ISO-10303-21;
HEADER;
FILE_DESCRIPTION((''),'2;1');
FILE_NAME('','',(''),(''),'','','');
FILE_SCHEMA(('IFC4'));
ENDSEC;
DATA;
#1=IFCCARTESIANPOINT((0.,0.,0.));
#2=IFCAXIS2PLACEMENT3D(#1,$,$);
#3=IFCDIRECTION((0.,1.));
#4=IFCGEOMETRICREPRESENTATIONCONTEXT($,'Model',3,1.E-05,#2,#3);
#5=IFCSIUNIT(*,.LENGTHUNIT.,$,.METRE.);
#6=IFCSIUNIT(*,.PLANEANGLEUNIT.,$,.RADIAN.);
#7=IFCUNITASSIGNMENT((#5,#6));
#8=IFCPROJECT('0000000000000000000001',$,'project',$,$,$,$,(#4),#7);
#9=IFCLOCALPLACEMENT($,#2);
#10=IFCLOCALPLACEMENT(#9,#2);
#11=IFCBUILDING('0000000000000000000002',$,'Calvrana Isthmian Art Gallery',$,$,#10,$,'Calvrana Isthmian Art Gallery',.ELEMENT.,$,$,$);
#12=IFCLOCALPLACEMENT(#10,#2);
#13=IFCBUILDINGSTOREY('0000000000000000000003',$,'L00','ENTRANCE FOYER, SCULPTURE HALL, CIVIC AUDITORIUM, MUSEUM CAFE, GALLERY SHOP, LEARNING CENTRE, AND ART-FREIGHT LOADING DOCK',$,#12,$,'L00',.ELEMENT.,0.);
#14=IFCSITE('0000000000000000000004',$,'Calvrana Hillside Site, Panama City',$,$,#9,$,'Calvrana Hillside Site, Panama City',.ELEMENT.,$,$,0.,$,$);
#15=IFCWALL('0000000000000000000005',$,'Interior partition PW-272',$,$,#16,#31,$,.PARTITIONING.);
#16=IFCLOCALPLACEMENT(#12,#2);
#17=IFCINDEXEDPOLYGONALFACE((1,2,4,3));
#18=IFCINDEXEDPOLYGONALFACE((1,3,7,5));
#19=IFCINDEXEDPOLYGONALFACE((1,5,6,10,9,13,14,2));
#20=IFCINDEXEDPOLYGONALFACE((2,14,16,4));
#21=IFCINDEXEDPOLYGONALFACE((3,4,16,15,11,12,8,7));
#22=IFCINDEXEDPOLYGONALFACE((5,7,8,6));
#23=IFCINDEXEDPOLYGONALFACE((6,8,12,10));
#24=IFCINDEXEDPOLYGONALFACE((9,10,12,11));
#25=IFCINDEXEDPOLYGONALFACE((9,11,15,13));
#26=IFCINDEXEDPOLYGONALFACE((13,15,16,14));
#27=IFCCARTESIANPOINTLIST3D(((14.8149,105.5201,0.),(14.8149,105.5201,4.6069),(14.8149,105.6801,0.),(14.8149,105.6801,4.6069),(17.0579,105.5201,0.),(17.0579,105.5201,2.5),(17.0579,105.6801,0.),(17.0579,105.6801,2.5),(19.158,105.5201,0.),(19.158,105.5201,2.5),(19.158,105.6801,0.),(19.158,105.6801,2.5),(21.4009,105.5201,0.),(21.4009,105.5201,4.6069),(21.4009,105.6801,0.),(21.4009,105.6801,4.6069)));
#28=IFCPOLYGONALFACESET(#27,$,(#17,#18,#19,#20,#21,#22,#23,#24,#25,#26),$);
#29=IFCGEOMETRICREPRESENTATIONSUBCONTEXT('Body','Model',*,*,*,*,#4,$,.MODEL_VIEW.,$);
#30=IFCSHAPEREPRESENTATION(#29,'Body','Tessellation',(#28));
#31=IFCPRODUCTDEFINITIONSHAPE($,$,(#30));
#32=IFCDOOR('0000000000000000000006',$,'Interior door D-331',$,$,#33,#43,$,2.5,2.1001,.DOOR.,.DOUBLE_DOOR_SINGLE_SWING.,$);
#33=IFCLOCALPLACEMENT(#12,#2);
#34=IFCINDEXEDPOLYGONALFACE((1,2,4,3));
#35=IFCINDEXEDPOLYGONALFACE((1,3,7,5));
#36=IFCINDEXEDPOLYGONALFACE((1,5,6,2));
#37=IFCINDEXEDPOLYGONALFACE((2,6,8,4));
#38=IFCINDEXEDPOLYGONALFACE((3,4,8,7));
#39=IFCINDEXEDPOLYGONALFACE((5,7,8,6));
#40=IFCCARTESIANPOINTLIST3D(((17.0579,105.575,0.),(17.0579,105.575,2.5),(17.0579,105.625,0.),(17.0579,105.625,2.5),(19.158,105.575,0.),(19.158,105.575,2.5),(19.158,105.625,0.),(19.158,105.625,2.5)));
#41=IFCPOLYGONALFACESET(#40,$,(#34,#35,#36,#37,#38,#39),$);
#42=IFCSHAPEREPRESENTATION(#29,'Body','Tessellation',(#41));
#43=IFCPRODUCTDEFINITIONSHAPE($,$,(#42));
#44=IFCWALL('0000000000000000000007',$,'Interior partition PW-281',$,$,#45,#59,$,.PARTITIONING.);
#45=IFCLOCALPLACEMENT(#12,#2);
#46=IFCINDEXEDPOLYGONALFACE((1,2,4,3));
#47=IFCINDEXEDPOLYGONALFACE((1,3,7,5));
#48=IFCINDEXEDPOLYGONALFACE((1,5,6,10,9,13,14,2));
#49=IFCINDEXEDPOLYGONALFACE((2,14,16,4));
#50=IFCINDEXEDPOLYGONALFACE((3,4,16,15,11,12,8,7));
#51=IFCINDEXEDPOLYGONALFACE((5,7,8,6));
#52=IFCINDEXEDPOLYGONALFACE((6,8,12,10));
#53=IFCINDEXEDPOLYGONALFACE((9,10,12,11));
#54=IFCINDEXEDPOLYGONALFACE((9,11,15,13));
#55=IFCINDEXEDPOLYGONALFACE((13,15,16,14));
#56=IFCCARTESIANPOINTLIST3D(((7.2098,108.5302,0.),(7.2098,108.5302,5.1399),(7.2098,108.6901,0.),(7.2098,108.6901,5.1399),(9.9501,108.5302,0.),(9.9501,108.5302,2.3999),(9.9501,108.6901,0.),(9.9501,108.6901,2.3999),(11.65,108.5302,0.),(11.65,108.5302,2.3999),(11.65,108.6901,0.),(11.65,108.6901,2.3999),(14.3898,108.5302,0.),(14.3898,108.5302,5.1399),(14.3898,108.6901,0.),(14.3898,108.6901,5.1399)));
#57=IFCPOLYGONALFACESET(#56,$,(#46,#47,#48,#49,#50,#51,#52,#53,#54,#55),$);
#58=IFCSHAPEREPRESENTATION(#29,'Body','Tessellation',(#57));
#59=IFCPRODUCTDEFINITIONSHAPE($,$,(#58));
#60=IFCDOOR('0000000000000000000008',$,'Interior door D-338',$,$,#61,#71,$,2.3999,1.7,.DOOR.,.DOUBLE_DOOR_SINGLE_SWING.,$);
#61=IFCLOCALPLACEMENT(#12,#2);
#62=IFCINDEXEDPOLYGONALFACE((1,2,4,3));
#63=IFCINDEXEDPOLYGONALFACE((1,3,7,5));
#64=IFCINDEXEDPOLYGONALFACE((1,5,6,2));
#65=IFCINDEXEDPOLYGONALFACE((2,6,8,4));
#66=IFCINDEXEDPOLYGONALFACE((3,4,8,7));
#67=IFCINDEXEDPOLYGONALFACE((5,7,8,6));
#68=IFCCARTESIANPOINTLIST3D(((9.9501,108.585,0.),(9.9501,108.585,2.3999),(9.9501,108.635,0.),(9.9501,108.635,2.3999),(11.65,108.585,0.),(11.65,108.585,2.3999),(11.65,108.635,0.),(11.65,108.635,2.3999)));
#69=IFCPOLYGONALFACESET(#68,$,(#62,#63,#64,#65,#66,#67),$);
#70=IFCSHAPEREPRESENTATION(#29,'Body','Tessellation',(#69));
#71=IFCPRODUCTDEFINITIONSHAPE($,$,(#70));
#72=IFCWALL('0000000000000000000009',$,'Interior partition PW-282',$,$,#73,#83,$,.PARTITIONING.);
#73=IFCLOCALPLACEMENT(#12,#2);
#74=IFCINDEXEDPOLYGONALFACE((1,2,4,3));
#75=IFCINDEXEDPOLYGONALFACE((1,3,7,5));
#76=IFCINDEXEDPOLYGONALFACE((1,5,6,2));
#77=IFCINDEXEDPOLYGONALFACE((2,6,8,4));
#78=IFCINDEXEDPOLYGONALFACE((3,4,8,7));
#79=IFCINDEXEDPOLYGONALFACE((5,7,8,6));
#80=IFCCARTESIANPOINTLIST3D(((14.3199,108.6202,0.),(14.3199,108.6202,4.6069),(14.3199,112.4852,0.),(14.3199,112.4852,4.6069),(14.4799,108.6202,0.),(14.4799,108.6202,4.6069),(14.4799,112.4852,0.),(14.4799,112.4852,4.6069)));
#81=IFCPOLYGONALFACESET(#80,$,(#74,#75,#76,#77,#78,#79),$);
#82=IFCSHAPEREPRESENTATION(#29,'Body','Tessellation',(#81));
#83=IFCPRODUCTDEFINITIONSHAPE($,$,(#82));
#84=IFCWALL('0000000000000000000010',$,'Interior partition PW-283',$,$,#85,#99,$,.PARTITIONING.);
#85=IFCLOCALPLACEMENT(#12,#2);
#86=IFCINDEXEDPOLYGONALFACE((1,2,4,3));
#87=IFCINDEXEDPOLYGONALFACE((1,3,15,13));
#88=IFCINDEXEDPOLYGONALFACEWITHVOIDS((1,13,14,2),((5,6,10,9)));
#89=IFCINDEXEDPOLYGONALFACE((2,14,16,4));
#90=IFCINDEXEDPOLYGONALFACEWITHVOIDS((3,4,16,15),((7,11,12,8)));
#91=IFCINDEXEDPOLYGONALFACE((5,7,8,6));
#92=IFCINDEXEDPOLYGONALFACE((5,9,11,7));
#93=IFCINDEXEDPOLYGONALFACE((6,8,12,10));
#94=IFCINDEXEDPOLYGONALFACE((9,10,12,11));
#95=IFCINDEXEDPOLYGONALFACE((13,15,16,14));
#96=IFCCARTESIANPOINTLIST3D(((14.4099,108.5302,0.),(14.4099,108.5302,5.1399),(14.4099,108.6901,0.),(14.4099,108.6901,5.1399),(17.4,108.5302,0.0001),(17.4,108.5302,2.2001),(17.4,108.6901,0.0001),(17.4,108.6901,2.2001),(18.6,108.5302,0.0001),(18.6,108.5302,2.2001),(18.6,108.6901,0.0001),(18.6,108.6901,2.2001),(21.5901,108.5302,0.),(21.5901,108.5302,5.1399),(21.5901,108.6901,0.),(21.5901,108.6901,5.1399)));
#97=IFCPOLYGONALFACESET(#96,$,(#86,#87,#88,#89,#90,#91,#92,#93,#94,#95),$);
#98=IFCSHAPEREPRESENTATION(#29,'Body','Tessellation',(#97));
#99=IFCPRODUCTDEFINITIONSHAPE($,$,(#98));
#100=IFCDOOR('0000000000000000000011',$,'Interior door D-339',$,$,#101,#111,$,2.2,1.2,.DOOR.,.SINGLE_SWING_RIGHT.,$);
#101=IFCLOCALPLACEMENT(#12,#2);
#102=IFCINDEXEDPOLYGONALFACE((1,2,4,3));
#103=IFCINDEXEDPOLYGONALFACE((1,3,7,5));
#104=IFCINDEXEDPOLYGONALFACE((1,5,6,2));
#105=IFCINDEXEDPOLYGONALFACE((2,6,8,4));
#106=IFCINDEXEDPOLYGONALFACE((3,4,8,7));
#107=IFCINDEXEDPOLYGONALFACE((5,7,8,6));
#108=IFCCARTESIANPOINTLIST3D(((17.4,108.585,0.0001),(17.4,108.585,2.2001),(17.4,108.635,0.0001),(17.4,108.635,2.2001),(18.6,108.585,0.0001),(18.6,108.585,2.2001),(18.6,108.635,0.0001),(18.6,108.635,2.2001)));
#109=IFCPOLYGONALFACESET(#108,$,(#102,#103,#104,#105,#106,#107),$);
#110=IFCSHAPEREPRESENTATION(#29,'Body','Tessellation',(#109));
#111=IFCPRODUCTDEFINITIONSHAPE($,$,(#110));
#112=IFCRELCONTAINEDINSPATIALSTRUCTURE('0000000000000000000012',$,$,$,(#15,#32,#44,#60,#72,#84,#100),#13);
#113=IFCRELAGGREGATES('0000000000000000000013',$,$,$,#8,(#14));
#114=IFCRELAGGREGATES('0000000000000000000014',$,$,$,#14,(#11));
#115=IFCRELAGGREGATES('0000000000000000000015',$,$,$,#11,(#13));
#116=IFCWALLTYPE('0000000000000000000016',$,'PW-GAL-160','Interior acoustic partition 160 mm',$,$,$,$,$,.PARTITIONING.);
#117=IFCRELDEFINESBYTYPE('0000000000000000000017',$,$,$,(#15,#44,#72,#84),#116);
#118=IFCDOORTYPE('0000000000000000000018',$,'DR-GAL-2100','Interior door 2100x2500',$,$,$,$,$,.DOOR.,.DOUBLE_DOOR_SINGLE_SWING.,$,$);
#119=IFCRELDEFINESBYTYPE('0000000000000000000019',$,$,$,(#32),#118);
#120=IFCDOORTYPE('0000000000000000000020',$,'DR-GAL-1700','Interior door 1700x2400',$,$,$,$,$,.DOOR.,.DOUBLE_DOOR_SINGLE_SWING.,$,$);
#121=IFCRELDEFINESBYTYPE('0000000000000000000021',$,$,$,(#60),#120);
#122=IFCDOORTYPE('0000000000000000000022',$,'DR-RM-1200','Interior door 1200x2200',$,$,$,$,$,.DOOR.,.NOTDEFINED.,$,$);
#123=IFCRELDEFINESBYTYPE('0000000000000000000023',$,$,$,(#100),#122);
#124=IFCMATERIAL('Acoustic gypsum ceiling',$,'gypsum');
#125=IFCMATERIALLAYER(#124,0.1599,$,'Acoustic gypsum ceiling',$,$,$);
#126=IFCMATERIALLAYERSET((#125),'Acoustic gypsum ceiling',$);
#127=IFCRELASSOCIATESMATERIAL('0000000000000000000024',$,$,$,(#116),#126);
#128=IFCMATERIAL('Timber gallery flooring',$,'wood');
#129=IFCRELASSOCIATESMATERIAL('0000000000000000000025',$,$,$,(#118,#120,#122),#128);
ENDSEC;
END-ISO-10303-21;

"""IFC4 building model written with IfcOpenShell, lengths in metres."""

from ifc_helpers import new_model, si_unit, direction, frame, frame_2d, origin, place, context, subcontext, project, spatial, rectangle, extrude, material, layer, layer_set, type_object, element, fill, save


model = new_model("IFC4")

# Units and contexts
model_context = context("Model", 3, precision=1e-05, world=origin(), true_north=direction((0.0, 1.0)))
body_context = subcontext(model_context, "Body", "Model", "MODEL_VIEW")
ifc_project = project(units=[si_unit("LENGTHUNIT", "METRE"), si_unit("PLANEANGLEUNIT", "RADIAN")], contexts=[model_context])

# Site, building, storey
site_placement = place(None, origin())
site = spatial("IfcSite", under=ifc_project, at=site_placement, Name="Calvrana Hillside Site, Panama City", LongName="Calvrana Hillside Site, Panama City", CompositionType="ELEMENT", RefElevation=0.0)
building_placement = place(site_placement, origin())
building = spatial("IfcBuilding", under=site, at=building_placement, Name="Calvrana Isthmian Art Gallery", LongName="Calvrana Isthmian Art Gallery", CompositionType="ELEMENT")
storey_placement = place(building_placement, origin())
storey = spatial("IfcBuildingStorey", under=building, at=storey_placement, Name="L00", Description="ENTRANCE FOYER, SCULPTURE HALL, CIVIC AUDITORIUM, MUSEUM CAFE, GALLERY SHOP, LEARNING CENTRE, AND ART-FREIGHT LOADING DOCK", LongName="L00", CompositionType="ELEMENT", Elevation=0.0)

# Shared definitions
ifc_material_1 = material(Name="Acoustic gypsum ceiling", Category="gypsum")
ifc_layer = layer(ifc_material_1, 0.1599, Name="Acoustic gypsum ceiling")
ifc_layer_set = layer_set([ifc_layer], Name="Acoustic gypsum ceiling")
wall_type = type_object("IfcWallType", Name="PW-GAL-160", Description="Interior acoustic partition 160 mm", PredefinedType="PARTITIONING", material=ifc_layer_set)

# Walls, openings, doors
ifc_material_2 = material(Name="Timber gallery flooring", Category="wood")
wall_1_placement = place(storey_placement, frame((14.8149, 105.6001, 0.0), z_axis=(0.0, 0.0, 1.0), x_axis=(1.0, 0.0, 0.0)))
wall_1 = element("IfcWall", 1, at=wall_1_placement, inside=storey, type_object=wall_type, Name="Interior partition PW-272", PredefinedType="PARTITIONING", context=body_context, shape_type="SweptSolid", body=[
    extrude(rectangle(XDim=6.5859, YDim=0.1599, at=frame_2d((3.293, 0.0))), origin(), (0.0, 0.0, 1.0), 4.6069),
])
opening_1_placement = place(wall_1_placement, frame((2.2429, 0.0, 0.0)))
opening_1 = element("IfcOpeningElement", 2, at=opening_1_placement, cuts=wall_1, PredefinedType="OPENING", context=body_context, shape_type="SweptSolid", body=[
    extrude(rectangle(XDim=2.1001, YDim=2.5, at=frame_2d((1.05, 1.25))), frame((0.0, 0.0903, 0.0), z_axis=(0.0, -1.0, 0.0), x_axis=(1.0, 0.0, 0.0)), (0.0, 0.0, 1.0), 0.1804),
])
door_type_1 = type_object("IfcDoorType", Name="DR-GAL-2100", Description="Interior door 2100x2500", OperationType="DOUBLE_DOOR_SINGLE_SWING", PredefinedType="DOOR", material=ifc_material_2)
door_1_placement = place(opening_1_placement, origin())
door_1 = element("IfcDoor", 3, at=door_1_placement, inside=storey, type_object=door_type_1, Name="Interior door D-331", OperationType="DOUBLE_DOOR_SINGLE_SWING", OverallHeight=2.5, OverallWidth=2.1001, PredefinedType="DOOR", context=body_context, shape_type="SweptSolid", body=[
    extrude(rectangle(XDim=2.1001, YDim=2.5, at=frame_2d((1.05, 1.25))), frame((0.0, 0.0249, 0.0), z_axis=(0.0, -1.0, 0.0), x_axis=(1.0, 0.0, 0.0)), (0.0, 0.0, 1.0), 0.05),
])
fill(opening_1, door_1)
wall_2_placement = place(storey_placement, frame((7.21, 108.6101, 0.0), z_axis=(0.0, 0.0, 1.0), x_axis=(1.0, 0.0, 0.0)))
wall_2 = element("IfcWall", 4, at=wall_2_placement, inside=storey, type_object=wall_type, Name="Interior partition PW-281", PredefinedType="PARTITIONING", context=body_context, shape_type="SweptSolid", body=[
    extrude(rectangle(XDim=7.1799, YDim=0.1599, at=frame_2d((3.5898, 0.0))), origin(), (0.0, 0.0, 1.0), 5.1399),
])
opening_2_placement = place(wall_2_placement, frame((2.74, 0.0, 0.0)))
opening_2 = element("IfcOpeningElement", 5, at=opening_2_placement, cuts=wall_2, PredefinedType="OPENING", context=body_context, shape_type="SweptSolid", body=[
    extrude(rectangle(XDim=1.7, YDim=2.3999, at=frame_2d((0.8501, 1.2))), frame((0.0, 0.0903, 0.0), z_axis=(0.0, -1.0, 0.0), x_axis=(1.0, 0.0, 0.0)), (0.0, 0.0, 1.0), 0.1804),
])
door_type_2 = type_object("IfcDoorType", Name="DR-GAL-1700", Description="Interior door 1700x2400", OperationType="DOUBLE_DOOR_SINGLE_SWING", PredefinedType="DOOR", material=ifc_material_2)
door_2_placement = place(opening_2_placement, origin())
door_2 = element("IfcDoor", 6, at=door_2_placement, inside=storey, type_object=door_type_2, Name="Interior door D-338", OperationType="DOUBLE_DOOR_SINGLE_SWING", OverallHeight=2.3999, OverallWidth=1.7, PredefinedType="DOOR", context=body_context, shape_type="SweptSolid", body=[
    extrude(rectangle(XDim=1.7, YDim=2.3999, at=frame_2d((0.8501, 1.2))), frame((0.0, 0.0249, 0.0), z_axis=(0.0, -1.0, 0.0), x_axis=(1.0, 0.0, 0.0)), (0.0, 0.0, 1.0), 0.05),
])
fill(opening_2, door_2)

# Wall
wall_3_placement = place(storey_placement, frame((14.3999, 108.6201, 0.0), z_axis=(0.0, 0.0, 1.0), x_axis=(0.0, 1.0, 0.0)))
element("IfcWall", 7, at=wall_3_placement, inside=storey, type_object=wall_type, Name="Interior partition PW-282", PredefinedType="PARTITIONING", context=body_context, shape_type="SweptSolid", body=[
    extrude(rectangle(XDim=3.865, YDim=0.1599, at=frame_2d((1.9326, 0.0))), origin(), (0.0, 0.0, 1.0), 4.6069),
])

# Wall, opening, door
wall_4_placement = place(storey_placement, frame((14.4099, 108.6101, 0.0), z_axis=(0.0, 0.0, 1.0), x_axis=(1.0, 0.0, 0.0)))
wall_4 = element("IfcWall", 8, at=wall_4_placement, inside=storey, type_object=wall_type, Name="Interior partition PW-283", PredefinedType="PARTITIONING", context=body_context, shape_type="SweptSolid", body=[
    extrude(rectangle(XDim=7.1802, YDim=0.1599, at=frame_2d((3.5901, 0.0))), origin(), (0.0, 0.0, 1.0), 5.1399),
])
opening_3_placement = place(wall_4_placement, frame((2.99, 0.0, 0.0)))
opening_3 = element("IfcOpeningElement", 9, at=opening_3_placement, cuts=wall_4, PredefinedType="OPENING", context=body_context, shape_type="SweptSolid", body=[
    extrude(rectangle(XDim=1.2, YDim=2.2, at=frame_2d((0.6001, 1.1001))), frame((0.0, 0.0903, 0.0), z_axis=(0.0, -1.0, 0.0), x_axis=(1.0, 0.0, 0.0)), (0.0, 0.0, 1.0), 0.1804),
])
door_type_3 = type_object("IfcDoorType", Name="DR-RM-1200", Description="Interior door 1200x2200", OperationType="NOTDEFINED", PredefinedType="DOOR", material=ifc_material_2)
door_3_placement = place(opening_3_placement, origin())
door_3 = element("IfcDoor", 10, at=door_3_placement, inside=storey, type_object=door_type_3, Name="Interior door D-339", OperationType="SINGLE_SWING_RIGHT", OverallHeight=2.2, OverallWidth=1.2, PredefinedType="DOOR", context=body_context, shape_type="SweptSolid", body=[
    extrude(rectangle(XDim=1.2, YDim=2.2, at=frame_2d((0.6001, 1.1001))), frame((0.0, 0.0249, 0.0), z_axis=(0.0, -1.0, 0.0), x_axis=(1.0, 0.0, 0.0)), (0.0, 0.0, 1.0), 0.05),
])
fill(opening_3, door_3)

save(model, "model.ifc")
